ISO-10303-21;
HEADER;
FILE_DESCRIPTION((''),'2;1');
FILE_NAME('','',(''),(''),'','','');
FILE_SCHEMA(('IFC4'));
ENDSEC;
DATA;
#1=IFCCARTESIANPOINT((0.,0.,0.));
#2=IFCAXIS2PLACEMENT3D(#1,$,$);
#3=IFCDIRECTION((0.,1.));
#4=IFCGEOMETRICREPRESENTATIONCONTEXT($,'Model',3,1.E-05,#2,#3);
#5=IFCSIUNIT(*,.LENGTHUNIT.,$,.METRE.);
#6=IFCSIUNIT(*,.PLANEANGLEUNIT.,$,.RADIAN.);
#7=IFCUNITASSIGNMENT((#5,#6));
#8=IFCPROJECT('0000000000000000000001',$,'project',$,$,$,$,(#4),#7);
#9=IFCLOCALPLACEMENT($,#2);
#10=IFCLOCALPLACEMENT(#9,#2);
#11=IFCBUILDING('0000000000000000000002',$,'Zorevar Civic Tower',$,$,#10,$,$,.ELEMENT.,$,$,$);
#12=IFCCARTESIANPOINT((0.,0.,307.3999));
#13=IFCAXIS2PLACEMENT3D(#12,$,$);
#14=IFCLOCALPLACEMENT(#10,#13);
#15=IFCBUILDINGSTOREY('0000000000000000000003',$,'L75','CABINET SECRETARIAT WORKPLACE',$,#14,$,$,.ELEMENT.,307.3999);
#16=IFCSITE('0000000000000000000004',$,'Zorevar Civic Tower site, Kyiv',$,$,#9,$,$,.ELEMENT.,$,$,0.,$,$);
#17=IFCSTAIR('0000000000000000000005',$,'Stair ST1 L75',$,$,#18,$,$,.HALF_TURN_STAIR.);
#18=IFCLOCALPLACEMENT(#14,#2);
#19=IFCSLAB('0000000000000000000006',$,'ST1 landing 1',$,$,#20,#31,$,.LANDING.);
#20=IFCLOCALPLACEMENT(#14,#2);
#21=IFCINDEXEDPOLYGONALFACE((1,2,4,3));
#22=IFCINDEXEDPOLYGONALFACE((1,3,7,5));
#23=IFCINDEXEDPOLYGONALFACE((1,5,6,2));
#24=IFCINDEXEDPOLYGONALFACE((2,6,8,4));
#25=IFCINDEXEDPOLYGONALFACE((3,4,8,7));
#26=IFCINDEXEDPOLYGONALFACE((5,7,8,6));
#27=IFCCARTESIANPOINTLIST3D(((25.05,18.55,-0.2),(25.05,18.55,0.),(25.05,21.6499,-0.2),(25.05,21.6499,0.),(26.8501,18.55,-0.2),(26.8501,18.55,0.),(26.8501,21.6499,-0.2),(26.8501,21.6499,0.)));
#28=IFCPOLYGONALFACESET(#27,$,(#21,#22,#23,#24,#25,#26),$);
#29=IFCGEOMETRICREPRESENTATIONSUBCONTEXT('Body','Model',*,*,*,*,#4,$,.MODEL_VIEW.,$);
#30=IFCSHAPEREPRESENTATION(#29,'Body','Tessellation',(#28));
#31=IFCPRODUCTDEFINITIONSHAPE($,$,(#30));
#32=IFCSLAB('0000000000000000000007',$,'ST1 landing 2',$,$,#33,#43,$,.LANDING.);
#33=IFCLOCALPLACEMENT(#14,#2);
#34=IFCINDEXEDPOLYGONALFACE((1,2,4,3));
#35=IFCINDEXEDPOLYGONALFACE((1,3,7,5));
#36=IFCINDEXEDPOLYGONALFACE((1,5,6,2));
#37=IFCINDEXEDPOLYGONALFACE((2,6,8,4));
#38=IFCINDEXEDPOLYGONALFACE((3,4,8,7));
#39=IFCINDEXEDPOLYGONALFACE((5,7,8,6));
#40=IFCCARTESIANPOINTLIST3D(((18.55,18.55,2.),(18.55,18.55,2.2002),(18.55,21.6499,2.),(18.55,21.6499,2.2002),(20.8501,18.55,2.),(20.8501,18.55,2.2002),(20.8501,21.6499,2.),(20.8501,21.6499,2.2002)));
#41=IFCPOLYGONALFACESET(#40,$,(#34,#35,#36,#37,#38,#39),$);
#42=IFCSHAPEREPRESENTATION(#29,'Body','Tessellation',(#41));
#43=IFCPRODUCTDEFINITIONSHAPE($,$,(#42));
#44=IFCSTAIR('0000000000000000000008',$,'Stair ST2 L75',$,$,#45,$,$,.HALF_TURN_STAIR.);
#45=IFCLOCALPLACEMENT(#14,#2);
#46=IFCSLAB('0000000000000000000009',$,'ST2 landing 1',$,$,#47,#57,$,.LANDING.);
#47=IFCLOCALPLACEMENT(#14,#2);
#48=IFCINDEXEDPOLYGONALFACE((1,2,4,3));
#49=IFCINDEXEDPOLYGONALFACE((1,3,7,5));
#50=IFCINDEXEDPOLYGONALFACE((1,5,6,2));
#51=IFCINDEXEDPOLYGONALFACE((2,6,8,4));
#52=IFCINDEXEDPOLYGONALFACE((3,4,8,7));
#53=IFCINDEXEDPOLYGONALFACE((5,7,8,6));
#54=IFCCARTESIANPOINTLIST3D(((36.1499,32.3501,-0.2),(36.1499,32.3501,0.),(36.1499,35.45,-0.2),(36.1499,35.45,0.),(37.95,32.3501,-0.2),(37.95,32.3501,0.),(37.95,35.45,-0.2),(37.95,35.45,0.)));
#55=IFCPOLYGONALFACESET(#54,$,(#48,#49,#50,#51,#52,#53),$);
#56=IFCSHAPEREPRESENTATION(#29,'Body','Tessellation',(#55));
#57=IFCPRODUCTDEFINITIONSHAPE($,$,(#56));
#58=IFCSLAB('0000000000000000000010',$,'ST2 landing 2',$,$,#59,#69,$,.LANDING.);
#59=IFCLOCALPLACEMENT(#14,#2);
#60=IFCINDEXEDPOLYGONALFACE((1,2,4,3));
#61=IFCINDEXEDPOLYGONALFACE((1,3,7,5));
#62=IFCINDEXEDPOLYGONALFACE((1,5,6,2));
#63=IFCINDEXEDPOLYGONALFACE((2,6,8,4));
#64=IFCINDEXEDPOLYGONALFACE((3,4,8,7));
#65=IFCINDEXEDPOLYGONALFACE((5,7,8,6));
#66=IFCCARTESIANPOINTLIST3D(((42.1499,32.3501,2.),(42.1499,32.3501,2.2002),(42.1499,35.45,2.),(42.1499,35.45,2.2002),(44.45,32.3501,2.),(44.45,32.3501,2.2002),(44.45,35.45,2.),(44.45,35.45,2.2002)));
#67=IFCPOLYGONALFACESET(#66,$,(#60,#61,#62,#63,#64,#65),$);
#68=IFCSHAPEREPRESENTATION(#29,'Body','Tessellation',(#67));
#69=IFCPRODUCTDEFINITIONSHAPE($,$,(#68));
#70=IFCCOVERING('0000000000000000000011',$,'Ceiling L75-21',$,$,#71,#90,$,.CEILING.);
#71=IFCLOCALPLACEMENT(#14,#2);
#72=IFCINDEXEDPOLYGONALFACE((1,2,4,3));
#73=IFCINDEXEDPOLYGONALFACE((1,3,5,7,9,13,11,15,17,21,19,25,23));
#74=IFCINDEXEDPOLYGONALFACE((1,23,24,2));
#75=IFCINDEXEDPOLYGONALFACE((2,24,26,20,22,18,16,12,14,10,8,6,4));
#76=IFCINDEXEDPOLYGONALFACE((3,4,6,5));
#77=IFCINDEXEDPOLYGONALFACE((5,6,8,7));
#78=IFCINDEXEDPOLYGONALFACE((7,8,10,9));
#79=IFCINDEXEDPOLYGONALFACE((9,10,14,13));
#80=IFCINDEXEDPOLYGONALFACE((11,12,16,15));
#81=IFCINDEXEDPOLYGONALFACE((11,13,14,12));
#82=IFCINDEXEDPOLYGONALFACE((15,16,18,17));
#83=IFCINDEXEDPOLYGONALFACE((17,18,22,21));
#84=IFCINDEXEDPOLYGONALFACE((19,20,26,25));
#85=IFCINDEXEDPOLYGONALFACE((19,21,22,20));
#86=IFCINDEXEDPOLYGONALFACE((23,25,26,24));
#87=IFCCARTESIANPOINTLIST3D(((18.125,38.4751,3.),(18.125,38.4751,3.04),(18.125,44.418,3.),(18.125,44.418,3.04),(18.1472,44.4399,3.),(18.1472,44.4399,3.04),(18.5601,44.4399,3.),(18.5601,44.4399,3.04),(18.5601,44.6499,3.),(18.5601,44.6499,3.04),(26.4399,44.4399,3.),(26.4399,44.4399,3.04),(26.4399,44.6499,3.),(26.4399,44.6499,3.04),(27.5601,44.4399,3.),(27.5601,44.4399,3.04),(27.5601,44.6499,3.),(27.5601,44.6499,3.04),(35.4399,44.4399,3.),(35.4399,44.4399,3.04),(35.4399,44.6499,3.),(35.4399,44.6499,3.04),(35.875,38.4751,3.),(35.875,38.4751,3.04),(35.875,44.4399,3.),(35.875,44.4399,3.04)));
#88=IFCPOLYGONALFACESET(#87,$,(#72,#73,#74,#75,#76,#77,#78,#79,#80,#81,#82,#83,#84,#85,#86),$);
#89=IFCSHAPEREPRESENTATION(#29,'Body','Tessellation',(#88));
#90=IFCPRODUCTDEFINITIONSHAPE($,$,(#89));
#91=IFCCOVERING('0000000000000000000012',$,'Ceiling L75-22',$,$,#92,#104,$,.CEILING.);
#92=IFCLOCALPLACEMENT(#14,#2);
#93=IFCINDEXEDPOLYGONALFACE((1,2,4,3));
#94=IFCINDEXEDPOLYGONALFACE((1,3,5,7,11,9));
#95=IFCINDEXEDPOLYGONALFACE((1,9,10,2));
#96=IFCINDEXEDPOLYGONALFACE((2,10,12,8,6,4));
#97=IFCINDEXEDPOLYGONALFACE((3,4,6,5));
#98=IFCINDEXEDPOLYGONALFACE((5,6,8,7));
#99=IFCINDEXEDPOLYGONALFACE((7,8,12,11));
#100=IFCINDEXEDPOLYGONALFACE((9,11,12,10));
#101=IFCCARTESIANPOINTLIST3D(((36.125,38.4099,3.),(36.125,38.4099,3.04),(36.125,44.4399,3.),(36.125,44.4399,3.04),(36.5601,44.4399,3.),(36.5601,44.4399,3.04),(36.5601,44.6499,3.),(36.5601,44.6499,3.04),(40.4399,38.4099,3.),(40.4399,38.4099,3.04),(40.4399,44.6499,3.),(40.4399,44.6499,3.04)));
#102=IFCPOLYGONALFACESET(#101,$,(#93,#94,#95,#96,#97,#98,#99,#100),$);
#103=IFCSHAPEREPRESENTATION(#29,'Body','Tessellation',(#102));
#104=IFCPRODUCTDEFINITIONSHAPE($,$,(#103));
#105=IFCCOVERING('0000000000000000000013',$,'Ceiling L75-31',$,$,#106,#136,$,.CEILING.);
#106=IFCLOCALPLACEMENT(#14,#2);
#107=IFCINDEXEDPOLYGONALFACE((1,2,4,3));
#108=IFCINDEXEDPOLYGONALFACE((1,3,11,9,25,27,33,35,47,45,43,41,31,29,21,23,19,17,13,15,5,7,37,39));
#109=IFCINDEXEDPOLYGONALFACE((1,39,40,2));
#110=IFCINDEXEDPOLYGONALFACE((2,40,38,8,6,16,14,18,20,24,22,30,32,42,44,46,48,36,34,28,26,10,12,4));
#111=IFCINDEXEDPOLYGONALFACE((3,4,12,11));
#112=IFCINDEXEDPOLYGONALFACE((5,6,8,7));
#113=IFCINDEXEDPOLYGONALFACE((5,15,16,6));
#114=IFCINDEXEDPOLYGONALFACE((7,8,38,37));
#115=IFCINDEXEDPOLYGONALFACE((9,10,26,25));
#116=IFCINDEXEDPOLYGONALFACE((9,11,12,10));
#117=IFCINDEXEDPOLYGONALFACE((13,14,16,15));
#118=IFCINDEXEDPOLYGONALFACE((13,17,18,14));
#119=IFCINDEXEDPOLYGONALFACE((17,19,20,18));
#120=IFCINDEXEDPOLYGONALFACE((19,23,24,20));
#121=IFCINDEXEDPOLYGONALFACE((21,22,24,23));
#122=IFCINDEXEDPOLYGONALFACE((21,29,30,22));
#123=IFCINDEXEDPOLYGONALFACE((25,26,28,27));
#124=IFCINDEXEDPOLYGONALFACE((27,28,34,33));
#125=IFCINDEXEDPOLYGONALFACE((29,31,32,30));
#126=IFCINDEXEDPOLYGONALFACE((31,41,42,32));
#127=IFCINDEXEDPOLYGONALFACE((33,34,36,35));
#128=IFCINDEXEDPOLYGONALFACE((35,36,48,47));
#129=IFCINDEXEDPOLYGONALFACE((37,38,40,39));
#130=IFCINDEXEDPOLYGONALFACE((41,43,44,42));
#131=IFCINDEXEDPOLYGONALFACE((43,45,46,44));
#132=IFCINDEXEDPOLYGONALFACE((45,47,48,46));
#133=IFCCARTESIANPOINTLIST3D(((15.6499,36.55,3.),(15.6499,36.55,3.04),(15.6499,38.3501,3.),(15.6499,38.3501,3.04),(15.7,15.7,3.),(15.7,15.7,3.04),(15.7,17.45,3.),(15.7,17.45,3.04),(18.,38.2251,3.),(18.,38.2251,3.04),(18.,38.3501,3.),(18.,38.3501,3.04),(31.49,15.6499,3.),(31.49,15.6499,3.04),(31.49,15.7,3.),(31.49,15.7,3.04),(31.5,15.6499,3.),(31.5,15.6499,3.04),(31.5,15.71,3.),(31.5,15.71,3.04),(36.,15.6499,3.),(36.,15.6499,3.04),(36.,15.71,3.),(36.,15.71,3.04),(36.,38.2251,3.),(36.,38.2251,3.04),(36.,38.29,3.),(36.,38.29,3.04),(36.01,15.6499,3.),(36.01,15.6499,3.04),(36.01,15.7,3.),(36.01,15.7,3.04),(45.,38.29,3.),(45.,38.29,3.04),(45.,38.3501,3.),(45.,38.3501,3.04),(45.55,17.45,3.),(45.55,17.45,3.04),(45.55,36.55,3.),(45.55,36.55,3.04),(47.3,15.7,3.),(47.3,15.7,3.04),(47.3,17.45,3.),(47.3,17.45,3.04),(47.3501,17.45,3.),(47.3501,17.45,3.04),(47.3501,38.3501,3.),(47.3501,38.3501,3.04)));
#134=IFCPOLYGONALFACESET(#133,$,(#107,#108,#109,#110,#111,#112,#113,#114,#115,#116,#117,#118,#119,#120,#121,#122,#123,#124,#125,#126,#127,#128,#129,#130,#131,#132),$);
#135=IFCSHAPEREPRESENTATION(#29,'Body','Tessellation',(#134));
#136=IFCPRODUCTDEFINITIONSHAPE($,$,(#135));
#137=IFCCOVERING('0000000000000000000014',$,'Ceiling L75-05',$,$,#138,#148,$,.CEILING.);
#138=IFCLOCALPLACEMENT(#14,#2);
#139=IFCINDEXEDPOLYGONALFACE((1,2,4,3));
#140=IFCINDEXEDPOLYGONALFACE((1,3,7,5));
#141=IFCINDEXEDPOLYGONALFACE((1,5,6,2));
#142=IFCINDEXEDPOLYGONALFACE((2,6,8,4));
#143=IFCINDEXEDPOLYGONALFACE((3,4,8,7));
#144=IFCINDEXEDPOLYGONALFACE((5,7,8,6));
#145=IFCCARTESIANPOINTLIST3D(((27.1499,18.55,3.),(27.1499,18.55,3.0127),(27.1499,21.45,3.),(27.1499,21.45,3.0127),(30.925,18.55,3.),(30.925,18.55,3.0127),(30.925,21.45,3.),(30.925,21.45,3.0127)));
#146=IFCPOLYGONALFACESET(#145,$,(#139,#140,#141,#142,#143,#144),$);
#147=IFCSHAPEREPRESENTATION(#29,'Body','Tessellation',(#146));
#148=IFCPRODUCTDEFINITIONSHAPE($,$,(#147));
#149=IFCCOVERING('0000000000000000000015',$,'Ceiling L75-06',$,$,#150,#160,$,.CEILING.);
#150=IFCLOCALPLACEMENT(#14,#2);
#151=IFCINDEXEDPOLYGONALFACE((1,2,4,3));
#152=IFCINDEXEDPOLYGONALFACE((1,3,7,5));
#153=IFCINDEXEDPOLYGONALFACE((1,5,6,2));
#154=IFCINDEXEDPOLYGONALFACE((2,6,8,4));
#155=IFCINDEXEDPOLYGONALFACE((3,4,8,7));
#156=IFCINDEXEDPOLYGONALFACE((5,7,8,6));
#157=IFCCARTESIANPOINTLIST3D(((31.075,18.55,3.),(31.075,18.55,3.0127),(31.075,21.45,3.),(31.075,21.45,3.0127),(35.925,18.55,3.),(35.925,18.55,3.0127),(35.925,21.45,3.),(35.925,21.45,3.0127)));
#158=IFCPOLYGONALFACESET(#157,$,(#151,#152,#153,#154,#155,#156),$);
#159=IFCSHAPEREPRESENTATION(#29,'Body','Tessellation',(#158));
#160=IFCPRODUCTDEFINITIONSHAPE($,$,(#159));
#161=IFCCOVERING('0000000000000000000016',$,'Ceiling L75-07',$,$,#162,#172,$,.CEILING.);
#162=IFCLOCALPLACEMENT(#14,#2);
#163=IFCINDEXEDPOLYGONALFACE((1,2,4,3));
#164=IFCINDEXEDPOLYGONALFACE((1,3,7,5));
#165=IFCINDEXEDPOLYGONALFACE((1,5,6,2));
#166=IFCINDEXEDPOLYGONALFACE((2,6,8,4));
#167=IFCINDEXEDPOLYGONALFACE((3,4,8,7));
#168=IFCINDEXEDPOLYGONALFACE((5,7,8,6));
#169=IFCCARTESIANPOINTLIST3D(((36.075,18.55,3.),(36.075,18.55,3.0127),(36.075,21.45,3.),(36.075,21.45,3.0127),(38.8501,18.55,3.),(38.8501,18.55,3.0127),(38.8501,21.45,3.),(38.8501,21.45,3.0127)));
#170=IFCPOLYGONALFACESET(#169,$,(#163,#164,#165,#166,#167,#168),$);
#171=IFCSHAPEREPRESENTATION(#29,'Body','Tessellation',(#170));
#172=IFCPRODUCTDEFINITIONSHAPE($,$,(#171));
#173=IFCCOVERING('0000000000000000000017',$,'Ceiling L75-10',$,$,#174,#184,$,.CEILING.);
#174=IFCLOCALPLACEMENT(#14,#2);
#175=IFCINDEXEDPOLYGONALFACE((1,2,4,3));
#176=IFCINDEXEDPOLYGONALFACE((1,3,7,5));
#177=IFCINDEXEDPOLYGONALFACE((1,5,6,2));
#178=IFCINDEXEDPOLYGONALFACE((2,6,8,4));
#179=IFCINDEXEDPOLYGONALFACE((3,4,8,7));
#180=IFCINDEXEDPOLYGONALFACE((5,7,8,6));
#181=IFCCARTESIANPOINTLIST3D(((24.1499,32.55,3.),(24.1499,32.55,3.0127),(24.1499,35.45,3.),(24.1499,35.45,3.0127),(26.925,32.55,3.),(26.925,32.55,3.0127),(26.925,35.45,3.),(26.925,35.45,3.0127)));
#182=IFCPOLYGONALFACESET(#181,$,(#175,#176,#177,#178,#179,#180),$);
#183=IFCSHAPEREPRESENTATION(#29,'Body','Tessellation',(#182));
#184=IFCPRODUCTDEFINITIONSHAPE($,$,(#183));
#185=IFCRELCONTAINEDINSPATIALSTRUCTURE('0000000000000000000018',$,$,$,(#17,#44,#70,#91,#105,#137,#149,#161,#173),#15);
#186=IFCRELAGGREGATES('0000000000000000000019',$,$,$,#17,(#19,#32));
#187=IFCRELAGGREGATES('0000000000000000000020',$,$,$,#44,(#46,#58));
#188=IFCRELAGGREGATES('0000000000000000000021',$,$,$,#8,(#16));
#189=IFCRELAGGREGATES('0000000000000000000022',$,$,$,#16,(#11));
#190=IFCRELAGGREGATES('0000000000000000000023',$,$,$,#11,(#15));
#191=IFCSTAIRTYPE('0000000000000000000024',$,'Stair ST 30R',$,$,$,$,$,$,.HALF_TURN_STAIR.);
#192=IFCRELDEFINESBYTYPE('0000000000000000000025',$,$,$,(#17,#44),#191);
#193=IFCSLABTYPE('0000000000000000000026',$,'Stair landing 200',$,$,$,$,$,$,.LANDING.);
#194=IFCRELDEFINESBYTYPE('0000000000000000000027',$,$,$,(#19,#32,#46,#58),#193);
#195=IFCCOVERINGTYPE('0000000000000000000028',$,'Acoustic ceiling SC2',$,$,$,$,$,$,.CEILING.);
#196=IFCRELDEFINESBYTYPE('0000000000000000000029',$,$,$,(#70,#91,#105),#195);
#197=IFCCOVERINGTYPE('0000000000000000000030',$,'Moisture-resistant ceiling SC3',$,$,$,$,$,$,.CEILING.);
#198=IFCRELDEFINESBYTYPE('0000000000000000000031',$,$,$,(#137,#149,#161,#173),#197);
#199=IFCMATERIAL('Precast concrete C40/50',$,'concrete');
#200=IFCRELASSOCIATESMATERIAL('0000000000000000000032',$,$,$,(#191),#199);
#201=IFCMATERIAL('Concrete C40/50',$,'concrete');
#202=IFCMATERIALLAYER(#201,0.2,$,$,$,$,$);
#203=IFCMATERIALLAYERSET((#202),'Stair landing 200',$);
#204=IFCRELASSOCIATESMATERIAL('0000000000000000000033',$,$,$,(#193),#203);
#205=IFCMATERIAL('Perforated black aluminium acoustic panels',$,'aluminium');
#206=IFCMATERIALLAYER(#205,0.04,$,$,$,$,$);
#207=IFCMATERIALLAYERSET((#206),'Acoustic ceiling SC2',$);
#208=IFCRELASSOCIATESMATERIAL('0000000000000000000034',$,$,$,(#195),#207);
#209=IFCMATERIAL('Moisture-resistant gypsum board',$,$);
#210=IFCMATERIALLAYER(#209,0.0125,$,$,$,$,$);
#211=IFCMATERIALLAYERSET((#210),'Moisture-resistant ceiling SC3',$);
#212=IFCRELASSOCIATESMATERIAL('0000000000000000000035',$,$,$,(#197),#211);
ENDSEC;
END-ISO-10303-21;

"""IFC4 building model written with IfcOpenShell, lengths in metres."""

from ifc_helpers import new_model, si_unit, direction, frame, origin, place, context, subcontext, project, spatial, polyline, outline, extrude, material, layer, layer_set, type_object, element, aggregate, save


model = new_model("IFC4")

# Units and contexts
model_context = context("Model", 3, precision=1e-05, world=origin(), true_north=direction((0.0, 1.0)))
body_context = subcontext(model_context, "Body", "Model", "MODEL_VIEW")
ifc_project = project(units=[si_unit("LENGTHUNIT", "METRE"), si_unit("PLANEANGLEUNIT", "RADIAN")], contexts=[model_context])

# Site, building, storey
site_placement = place(None, origin())
site = spatial("IfcSite", under=ifc_project, at=site_placement, Name="Zorevar Civic Tower site, Kyiv", CompositionType="ELEMENT", RefElevation=0.0)
building_placement = place(site_placement, origin())
building = spatial("IfcBuilding", under=site, at=building_placement, Name="Zorevar Civic Tower", CompositionType="ELEMENT")
storey_placement = place(building_placement, frame((0.0, 0.0, 307.3999)))
storey = spatial("IfcBuildingStorey", under=building, at=storey_placement, Name="L75", Description="CABINET SECRETARIAT WORKPLACE", CompositionType="ELEMENT", Elevation=307.3999)

# Stairs, slabs
ifc_material_1 = material(Name="Precast concrete C40/50", Category="concrete")
stair_type = type_object("IfcStairType", Name="Stair ST 30R", PredefinedType="HALF_TURN_STAIR", material=ifc_material_1)
stair_1_placement = place(storey_placement, origin())
stair_1 = element("IfcStair", 1, at=stair_1_placement, inside=storey, type_object=stair_type, Name="Stair ST1 L75", PredefinedType="HALF_TURN_STAIR")
ifc_material_2 = material(Name="Concrete C40/50", Category="concrete")
ifc_layer_1 = layer(ifc_material_2, 0.2)
ifc_layer_set_1 = layer_set([ifc_layer_1], Name="Stair landing 200")
slab_type_1 = type_object("IfcSlabType", Name="Stair landing 200", PredefinedType="LANDING", material=ifc_layer_set_1)
slab_1_placement = place(storey_placement, frame((0.0, 0.0, -0.2)))
slab_1 = element("IfcSlab", 2, at=slab_1_placement, type_object=slab_type_1, Name="ST1 landing 1", PredefinedType="LANDING", context=body_context, shape_type="SweptSolid", body=[
    extrude(outline(polyline([(25.05, 18.55), (26.8501, 18.55), (26.8501, 21.6499), (25.05, 21.6499), (25.05, 18.55)])), origin(), (0.0, 0.0, 1.0), 0.2),
])
slab_2_placement = place(storey_placement, frame((0.0, 0.0, 2.0)))
slab_2 = element("IfcSlab", 3, at=slab_2_placement, type_object=slab_type_1, Name="ST1 landing 2", PredefinedType="LANDING", context=body_context, shape_type="SweptSolid", body=[
    extrude(outline(polyline([(18.55, 18.55), (20.8501, 18.55), (20.8501, 21.6499), (18.55, 21.6499), (18.55, 18.55)])), origin(), (0.0, 0.0, 1.0), 0.2002),
])
aggregate(stair_1, [slab_1, slab_2])
stair_2_placement = place(storey_placement, origin())
stair_2 = element("IfcStair", 4, at=stair_2_placement, inside=storey, type_object=stair_type, Name="Stair ST2 L75", PredefinedType="HALF_TURN_STAIR")
slab_3_placement = place(storey_placement, frame((0.0, 0.0, -0.2)))
slab_3 = element("IfcSlab", 5, at=slab_3_placement, type_object=slab_type_1, Name="ST2 landing 1", PredefinedType="LANDING", context=body_context, shape_type="SweptSolid", body=[
    extrude(outline(polyline([(37.95, 32.3501), (36.1499, 32.3501), (36.1499, 35.45), (37.95, 35.45), (37.95, 32.3501)])), origin(), (0.0, 0.0, 1.0), 0.2),
])
slab_4_placement = place(storey_placement, frame((0.0, 0.0, 2.0)))
slab_4 = element("IfcSlab", 6, at=slab_4_placement, type_object=slab_type_1, Name="ST2 landing 2", PredefinedType="LANDING", context=body_context, shape_type="SweptSolid", body=[
    extrude(outline(polyline([(44.45, 32.3501), (42.1499, 32.3501), (42.1499, 35.45), (44.45, 35.45), (44.45, 32.3501)])), origin(), (0.0, 0.0, 1.0), 0.2002),
])
aggregate(stair_2, [slab_3, slab_4])

# Coverings
ifc_material_3 = material(Name="Perforated black aluminium acoustic panels", Category="aluminium")
ifc_layer_2 = layer(ifc_material_3, 0.04)
ifc_layer_set_2 = layer_set([ifc_layer_2], Name="Acoustic ceiling SC2")
covering_type_1 = type_object("IfcCoveringType", Name="Acoustic ceiling SC2", PredefinedType="CEILING", material=ifc_layer_set_2)
covering_1_placement = place(storey_placement, frame((0.0, 0.0, 3.0)))
element("IfcCovering", 7, at=covering_1_placement, inside=storey, type_object=covering_type_1, Name="Ceiling L75-21", PredefinedType="CEILING", context=body_context, shape_type="SweptSolid", body=[
    extrude(outline(polyline([(18.125, 38.4751), (18.125, 44.418), (18.1472, 44.4399), (18.5601, 44.4399), (18.5601, 44.6499), (26.4399, 44.6499), (26.4399, 44.4399), (27.5601, 44.4399), (27.5601, 44.6499), (35.4399, 44.6499), (35.4399, 44.4399), (35.875, 44.4399), (35.875, 38.4751), (18.125, 38.4751)])), origin(), (0.0, 0.0, 1.0), 0.04),
])
covering_2_placement = place(storey_placement, frame((0.0, 0.0, 3.0)))
element("IfcCovering", 8, at=covering_2_placement, inside=storey, type_object=covering_type_1, Name="Ceiling L75-22", PredefinedType="CEILING", context=body_context, shape_type="SweptSolid", body=[
    extrude(outline(polyline([(36.125, 38.4099), (36.125, 44.4399), (36.5601, 44.4399), (36.5601, 44.6499), (40.4399, 44.6499), (40.4399, 38.4099), (36.125, 38.4099)])), origin(), (0.0, 0.0, 1.0), 0.04),
])
covering_3_placement = place(storey_placement, frame((0.0, 0.0, 3.0)))
element("IfcCovering", 9, at=covering_3_placement, inside=storey, type_object=covering_type_1, Name="Ceiling L75-31", PredefinedType="CEILING", context=body_context, shape_type="SweptSolid", body=[
    extrude(outline(polyline([(15.6499, 36.55), (15.6499, 38.3501), (18.0, 38.3501), (18.0, 38.2251), (36.0, 38.2251), (36.0, 38.29), (45.0, 38.29), (45.0, 38.3501), (47.3501, 38.3501), (47.3501, 17.45), (47.3, 17.45), (47.3, 15.7), (36.01, 15.7), (36.01, 15.6499), (36.0, 15.6499), (36.0, 15.71), (31.5, 15.71), (31.5, 15.6499), (31.49, 15.6499), (31.49, 15.7), (15.7, 15.7), (15.7, 17.45), (45.55, 17.45), (45.55, 36.55), (15.6499, 36.55)])), origin(), (0.0, 0.0, 1.0), 0.04),
])
ifc_material_4 = material(Name="Moisture-resistant gypsum board")
ifc_layer_3 = layer(ifc_material_4, 0.0125)
ifc_layer_set_3 = layer_set([ifc_layer_3], Name="Moisture-resistant ceiling SC3")
covering_type_2 = type_object("IfcCoveringType", Name="Moisture-resistant ceiling SC3", PredefinedType="CEILING", material=ifc_layer_set_3)
covering_4_placement = place(storey_placement, frame((0.0, 0.0, 3.0)))
element("IfcCovering", 10, at=covering_4_placement, inside=storey, type_object=covering_type_2, Name="Ceiling L75-05", PredefinedType="CEILING", context=body_context, shape_type="SweptSolid", body=[
    extrude(outline(polyline([(30.925, 18.55), (30.925, 21.45), (27.1499, 21.45), (27.1499, 18.55), (30.925, 18.55)])), origin(), (0.0, 0.0, 1.0), 0.0127),
])
covering_5_placement = place(storey_placement, frame((0.0, 0.0, 3.0)))
element("IfcCovering", 11, at=covering_5_placement, inside=storey, type_object=covering_type_2, Name="Ceiling L75-06", PredefinedType="CEILING", context=body_context, shape_type="SweptSolid", body=[
    extrude(outline(polyline([(35.925, 18.55), (35.925, 21.45), (31.075, 21.45), (31.075, 18.55), (35.925, 18.55)])), origin(), (0.0, 0.0, 1.0), 0.0127),
])
covering_6_placement = place(storey_placement, frame((0.0, 0.0, 3.0)))
element("IfcCovering", 12, at=covering_6_placement, inside=storey, type_object=covering_type_2, Name="Ceiling L75-07", PredefinedType="CEILING", context=body_context, shape_type="SweptSolid", body=[
    extrude(outline(polyline([(38.8501, 18.55), (38.8501, 21.45), (36.075, 21.45), (36.075, 18.55), (38.8501, 18.55)])), origin(), (0.0, 0.0, 1.0), 0.0127),
])
covering_7_placement = place(storey_placement, frame((0.0, 0.0, 3.0)))
element("IfcCovering", 13, at=covering_7_placement, inside=storey, type_object=covering_type_2, Name="Ceiling L75-10", PredefinedType="CEILING", context=body_context, shape_type="SweptSolid", body=[
    extrude(outline(polyline([(26.925, 32.55), (26.925, 35.45), (24.1499, 35.45), (24.1499, 32.55), (26.925, 32.55)])), origin(), (0.0, 0.0, 1.0), 0.0127),
])

save(model, "model.ifc")
